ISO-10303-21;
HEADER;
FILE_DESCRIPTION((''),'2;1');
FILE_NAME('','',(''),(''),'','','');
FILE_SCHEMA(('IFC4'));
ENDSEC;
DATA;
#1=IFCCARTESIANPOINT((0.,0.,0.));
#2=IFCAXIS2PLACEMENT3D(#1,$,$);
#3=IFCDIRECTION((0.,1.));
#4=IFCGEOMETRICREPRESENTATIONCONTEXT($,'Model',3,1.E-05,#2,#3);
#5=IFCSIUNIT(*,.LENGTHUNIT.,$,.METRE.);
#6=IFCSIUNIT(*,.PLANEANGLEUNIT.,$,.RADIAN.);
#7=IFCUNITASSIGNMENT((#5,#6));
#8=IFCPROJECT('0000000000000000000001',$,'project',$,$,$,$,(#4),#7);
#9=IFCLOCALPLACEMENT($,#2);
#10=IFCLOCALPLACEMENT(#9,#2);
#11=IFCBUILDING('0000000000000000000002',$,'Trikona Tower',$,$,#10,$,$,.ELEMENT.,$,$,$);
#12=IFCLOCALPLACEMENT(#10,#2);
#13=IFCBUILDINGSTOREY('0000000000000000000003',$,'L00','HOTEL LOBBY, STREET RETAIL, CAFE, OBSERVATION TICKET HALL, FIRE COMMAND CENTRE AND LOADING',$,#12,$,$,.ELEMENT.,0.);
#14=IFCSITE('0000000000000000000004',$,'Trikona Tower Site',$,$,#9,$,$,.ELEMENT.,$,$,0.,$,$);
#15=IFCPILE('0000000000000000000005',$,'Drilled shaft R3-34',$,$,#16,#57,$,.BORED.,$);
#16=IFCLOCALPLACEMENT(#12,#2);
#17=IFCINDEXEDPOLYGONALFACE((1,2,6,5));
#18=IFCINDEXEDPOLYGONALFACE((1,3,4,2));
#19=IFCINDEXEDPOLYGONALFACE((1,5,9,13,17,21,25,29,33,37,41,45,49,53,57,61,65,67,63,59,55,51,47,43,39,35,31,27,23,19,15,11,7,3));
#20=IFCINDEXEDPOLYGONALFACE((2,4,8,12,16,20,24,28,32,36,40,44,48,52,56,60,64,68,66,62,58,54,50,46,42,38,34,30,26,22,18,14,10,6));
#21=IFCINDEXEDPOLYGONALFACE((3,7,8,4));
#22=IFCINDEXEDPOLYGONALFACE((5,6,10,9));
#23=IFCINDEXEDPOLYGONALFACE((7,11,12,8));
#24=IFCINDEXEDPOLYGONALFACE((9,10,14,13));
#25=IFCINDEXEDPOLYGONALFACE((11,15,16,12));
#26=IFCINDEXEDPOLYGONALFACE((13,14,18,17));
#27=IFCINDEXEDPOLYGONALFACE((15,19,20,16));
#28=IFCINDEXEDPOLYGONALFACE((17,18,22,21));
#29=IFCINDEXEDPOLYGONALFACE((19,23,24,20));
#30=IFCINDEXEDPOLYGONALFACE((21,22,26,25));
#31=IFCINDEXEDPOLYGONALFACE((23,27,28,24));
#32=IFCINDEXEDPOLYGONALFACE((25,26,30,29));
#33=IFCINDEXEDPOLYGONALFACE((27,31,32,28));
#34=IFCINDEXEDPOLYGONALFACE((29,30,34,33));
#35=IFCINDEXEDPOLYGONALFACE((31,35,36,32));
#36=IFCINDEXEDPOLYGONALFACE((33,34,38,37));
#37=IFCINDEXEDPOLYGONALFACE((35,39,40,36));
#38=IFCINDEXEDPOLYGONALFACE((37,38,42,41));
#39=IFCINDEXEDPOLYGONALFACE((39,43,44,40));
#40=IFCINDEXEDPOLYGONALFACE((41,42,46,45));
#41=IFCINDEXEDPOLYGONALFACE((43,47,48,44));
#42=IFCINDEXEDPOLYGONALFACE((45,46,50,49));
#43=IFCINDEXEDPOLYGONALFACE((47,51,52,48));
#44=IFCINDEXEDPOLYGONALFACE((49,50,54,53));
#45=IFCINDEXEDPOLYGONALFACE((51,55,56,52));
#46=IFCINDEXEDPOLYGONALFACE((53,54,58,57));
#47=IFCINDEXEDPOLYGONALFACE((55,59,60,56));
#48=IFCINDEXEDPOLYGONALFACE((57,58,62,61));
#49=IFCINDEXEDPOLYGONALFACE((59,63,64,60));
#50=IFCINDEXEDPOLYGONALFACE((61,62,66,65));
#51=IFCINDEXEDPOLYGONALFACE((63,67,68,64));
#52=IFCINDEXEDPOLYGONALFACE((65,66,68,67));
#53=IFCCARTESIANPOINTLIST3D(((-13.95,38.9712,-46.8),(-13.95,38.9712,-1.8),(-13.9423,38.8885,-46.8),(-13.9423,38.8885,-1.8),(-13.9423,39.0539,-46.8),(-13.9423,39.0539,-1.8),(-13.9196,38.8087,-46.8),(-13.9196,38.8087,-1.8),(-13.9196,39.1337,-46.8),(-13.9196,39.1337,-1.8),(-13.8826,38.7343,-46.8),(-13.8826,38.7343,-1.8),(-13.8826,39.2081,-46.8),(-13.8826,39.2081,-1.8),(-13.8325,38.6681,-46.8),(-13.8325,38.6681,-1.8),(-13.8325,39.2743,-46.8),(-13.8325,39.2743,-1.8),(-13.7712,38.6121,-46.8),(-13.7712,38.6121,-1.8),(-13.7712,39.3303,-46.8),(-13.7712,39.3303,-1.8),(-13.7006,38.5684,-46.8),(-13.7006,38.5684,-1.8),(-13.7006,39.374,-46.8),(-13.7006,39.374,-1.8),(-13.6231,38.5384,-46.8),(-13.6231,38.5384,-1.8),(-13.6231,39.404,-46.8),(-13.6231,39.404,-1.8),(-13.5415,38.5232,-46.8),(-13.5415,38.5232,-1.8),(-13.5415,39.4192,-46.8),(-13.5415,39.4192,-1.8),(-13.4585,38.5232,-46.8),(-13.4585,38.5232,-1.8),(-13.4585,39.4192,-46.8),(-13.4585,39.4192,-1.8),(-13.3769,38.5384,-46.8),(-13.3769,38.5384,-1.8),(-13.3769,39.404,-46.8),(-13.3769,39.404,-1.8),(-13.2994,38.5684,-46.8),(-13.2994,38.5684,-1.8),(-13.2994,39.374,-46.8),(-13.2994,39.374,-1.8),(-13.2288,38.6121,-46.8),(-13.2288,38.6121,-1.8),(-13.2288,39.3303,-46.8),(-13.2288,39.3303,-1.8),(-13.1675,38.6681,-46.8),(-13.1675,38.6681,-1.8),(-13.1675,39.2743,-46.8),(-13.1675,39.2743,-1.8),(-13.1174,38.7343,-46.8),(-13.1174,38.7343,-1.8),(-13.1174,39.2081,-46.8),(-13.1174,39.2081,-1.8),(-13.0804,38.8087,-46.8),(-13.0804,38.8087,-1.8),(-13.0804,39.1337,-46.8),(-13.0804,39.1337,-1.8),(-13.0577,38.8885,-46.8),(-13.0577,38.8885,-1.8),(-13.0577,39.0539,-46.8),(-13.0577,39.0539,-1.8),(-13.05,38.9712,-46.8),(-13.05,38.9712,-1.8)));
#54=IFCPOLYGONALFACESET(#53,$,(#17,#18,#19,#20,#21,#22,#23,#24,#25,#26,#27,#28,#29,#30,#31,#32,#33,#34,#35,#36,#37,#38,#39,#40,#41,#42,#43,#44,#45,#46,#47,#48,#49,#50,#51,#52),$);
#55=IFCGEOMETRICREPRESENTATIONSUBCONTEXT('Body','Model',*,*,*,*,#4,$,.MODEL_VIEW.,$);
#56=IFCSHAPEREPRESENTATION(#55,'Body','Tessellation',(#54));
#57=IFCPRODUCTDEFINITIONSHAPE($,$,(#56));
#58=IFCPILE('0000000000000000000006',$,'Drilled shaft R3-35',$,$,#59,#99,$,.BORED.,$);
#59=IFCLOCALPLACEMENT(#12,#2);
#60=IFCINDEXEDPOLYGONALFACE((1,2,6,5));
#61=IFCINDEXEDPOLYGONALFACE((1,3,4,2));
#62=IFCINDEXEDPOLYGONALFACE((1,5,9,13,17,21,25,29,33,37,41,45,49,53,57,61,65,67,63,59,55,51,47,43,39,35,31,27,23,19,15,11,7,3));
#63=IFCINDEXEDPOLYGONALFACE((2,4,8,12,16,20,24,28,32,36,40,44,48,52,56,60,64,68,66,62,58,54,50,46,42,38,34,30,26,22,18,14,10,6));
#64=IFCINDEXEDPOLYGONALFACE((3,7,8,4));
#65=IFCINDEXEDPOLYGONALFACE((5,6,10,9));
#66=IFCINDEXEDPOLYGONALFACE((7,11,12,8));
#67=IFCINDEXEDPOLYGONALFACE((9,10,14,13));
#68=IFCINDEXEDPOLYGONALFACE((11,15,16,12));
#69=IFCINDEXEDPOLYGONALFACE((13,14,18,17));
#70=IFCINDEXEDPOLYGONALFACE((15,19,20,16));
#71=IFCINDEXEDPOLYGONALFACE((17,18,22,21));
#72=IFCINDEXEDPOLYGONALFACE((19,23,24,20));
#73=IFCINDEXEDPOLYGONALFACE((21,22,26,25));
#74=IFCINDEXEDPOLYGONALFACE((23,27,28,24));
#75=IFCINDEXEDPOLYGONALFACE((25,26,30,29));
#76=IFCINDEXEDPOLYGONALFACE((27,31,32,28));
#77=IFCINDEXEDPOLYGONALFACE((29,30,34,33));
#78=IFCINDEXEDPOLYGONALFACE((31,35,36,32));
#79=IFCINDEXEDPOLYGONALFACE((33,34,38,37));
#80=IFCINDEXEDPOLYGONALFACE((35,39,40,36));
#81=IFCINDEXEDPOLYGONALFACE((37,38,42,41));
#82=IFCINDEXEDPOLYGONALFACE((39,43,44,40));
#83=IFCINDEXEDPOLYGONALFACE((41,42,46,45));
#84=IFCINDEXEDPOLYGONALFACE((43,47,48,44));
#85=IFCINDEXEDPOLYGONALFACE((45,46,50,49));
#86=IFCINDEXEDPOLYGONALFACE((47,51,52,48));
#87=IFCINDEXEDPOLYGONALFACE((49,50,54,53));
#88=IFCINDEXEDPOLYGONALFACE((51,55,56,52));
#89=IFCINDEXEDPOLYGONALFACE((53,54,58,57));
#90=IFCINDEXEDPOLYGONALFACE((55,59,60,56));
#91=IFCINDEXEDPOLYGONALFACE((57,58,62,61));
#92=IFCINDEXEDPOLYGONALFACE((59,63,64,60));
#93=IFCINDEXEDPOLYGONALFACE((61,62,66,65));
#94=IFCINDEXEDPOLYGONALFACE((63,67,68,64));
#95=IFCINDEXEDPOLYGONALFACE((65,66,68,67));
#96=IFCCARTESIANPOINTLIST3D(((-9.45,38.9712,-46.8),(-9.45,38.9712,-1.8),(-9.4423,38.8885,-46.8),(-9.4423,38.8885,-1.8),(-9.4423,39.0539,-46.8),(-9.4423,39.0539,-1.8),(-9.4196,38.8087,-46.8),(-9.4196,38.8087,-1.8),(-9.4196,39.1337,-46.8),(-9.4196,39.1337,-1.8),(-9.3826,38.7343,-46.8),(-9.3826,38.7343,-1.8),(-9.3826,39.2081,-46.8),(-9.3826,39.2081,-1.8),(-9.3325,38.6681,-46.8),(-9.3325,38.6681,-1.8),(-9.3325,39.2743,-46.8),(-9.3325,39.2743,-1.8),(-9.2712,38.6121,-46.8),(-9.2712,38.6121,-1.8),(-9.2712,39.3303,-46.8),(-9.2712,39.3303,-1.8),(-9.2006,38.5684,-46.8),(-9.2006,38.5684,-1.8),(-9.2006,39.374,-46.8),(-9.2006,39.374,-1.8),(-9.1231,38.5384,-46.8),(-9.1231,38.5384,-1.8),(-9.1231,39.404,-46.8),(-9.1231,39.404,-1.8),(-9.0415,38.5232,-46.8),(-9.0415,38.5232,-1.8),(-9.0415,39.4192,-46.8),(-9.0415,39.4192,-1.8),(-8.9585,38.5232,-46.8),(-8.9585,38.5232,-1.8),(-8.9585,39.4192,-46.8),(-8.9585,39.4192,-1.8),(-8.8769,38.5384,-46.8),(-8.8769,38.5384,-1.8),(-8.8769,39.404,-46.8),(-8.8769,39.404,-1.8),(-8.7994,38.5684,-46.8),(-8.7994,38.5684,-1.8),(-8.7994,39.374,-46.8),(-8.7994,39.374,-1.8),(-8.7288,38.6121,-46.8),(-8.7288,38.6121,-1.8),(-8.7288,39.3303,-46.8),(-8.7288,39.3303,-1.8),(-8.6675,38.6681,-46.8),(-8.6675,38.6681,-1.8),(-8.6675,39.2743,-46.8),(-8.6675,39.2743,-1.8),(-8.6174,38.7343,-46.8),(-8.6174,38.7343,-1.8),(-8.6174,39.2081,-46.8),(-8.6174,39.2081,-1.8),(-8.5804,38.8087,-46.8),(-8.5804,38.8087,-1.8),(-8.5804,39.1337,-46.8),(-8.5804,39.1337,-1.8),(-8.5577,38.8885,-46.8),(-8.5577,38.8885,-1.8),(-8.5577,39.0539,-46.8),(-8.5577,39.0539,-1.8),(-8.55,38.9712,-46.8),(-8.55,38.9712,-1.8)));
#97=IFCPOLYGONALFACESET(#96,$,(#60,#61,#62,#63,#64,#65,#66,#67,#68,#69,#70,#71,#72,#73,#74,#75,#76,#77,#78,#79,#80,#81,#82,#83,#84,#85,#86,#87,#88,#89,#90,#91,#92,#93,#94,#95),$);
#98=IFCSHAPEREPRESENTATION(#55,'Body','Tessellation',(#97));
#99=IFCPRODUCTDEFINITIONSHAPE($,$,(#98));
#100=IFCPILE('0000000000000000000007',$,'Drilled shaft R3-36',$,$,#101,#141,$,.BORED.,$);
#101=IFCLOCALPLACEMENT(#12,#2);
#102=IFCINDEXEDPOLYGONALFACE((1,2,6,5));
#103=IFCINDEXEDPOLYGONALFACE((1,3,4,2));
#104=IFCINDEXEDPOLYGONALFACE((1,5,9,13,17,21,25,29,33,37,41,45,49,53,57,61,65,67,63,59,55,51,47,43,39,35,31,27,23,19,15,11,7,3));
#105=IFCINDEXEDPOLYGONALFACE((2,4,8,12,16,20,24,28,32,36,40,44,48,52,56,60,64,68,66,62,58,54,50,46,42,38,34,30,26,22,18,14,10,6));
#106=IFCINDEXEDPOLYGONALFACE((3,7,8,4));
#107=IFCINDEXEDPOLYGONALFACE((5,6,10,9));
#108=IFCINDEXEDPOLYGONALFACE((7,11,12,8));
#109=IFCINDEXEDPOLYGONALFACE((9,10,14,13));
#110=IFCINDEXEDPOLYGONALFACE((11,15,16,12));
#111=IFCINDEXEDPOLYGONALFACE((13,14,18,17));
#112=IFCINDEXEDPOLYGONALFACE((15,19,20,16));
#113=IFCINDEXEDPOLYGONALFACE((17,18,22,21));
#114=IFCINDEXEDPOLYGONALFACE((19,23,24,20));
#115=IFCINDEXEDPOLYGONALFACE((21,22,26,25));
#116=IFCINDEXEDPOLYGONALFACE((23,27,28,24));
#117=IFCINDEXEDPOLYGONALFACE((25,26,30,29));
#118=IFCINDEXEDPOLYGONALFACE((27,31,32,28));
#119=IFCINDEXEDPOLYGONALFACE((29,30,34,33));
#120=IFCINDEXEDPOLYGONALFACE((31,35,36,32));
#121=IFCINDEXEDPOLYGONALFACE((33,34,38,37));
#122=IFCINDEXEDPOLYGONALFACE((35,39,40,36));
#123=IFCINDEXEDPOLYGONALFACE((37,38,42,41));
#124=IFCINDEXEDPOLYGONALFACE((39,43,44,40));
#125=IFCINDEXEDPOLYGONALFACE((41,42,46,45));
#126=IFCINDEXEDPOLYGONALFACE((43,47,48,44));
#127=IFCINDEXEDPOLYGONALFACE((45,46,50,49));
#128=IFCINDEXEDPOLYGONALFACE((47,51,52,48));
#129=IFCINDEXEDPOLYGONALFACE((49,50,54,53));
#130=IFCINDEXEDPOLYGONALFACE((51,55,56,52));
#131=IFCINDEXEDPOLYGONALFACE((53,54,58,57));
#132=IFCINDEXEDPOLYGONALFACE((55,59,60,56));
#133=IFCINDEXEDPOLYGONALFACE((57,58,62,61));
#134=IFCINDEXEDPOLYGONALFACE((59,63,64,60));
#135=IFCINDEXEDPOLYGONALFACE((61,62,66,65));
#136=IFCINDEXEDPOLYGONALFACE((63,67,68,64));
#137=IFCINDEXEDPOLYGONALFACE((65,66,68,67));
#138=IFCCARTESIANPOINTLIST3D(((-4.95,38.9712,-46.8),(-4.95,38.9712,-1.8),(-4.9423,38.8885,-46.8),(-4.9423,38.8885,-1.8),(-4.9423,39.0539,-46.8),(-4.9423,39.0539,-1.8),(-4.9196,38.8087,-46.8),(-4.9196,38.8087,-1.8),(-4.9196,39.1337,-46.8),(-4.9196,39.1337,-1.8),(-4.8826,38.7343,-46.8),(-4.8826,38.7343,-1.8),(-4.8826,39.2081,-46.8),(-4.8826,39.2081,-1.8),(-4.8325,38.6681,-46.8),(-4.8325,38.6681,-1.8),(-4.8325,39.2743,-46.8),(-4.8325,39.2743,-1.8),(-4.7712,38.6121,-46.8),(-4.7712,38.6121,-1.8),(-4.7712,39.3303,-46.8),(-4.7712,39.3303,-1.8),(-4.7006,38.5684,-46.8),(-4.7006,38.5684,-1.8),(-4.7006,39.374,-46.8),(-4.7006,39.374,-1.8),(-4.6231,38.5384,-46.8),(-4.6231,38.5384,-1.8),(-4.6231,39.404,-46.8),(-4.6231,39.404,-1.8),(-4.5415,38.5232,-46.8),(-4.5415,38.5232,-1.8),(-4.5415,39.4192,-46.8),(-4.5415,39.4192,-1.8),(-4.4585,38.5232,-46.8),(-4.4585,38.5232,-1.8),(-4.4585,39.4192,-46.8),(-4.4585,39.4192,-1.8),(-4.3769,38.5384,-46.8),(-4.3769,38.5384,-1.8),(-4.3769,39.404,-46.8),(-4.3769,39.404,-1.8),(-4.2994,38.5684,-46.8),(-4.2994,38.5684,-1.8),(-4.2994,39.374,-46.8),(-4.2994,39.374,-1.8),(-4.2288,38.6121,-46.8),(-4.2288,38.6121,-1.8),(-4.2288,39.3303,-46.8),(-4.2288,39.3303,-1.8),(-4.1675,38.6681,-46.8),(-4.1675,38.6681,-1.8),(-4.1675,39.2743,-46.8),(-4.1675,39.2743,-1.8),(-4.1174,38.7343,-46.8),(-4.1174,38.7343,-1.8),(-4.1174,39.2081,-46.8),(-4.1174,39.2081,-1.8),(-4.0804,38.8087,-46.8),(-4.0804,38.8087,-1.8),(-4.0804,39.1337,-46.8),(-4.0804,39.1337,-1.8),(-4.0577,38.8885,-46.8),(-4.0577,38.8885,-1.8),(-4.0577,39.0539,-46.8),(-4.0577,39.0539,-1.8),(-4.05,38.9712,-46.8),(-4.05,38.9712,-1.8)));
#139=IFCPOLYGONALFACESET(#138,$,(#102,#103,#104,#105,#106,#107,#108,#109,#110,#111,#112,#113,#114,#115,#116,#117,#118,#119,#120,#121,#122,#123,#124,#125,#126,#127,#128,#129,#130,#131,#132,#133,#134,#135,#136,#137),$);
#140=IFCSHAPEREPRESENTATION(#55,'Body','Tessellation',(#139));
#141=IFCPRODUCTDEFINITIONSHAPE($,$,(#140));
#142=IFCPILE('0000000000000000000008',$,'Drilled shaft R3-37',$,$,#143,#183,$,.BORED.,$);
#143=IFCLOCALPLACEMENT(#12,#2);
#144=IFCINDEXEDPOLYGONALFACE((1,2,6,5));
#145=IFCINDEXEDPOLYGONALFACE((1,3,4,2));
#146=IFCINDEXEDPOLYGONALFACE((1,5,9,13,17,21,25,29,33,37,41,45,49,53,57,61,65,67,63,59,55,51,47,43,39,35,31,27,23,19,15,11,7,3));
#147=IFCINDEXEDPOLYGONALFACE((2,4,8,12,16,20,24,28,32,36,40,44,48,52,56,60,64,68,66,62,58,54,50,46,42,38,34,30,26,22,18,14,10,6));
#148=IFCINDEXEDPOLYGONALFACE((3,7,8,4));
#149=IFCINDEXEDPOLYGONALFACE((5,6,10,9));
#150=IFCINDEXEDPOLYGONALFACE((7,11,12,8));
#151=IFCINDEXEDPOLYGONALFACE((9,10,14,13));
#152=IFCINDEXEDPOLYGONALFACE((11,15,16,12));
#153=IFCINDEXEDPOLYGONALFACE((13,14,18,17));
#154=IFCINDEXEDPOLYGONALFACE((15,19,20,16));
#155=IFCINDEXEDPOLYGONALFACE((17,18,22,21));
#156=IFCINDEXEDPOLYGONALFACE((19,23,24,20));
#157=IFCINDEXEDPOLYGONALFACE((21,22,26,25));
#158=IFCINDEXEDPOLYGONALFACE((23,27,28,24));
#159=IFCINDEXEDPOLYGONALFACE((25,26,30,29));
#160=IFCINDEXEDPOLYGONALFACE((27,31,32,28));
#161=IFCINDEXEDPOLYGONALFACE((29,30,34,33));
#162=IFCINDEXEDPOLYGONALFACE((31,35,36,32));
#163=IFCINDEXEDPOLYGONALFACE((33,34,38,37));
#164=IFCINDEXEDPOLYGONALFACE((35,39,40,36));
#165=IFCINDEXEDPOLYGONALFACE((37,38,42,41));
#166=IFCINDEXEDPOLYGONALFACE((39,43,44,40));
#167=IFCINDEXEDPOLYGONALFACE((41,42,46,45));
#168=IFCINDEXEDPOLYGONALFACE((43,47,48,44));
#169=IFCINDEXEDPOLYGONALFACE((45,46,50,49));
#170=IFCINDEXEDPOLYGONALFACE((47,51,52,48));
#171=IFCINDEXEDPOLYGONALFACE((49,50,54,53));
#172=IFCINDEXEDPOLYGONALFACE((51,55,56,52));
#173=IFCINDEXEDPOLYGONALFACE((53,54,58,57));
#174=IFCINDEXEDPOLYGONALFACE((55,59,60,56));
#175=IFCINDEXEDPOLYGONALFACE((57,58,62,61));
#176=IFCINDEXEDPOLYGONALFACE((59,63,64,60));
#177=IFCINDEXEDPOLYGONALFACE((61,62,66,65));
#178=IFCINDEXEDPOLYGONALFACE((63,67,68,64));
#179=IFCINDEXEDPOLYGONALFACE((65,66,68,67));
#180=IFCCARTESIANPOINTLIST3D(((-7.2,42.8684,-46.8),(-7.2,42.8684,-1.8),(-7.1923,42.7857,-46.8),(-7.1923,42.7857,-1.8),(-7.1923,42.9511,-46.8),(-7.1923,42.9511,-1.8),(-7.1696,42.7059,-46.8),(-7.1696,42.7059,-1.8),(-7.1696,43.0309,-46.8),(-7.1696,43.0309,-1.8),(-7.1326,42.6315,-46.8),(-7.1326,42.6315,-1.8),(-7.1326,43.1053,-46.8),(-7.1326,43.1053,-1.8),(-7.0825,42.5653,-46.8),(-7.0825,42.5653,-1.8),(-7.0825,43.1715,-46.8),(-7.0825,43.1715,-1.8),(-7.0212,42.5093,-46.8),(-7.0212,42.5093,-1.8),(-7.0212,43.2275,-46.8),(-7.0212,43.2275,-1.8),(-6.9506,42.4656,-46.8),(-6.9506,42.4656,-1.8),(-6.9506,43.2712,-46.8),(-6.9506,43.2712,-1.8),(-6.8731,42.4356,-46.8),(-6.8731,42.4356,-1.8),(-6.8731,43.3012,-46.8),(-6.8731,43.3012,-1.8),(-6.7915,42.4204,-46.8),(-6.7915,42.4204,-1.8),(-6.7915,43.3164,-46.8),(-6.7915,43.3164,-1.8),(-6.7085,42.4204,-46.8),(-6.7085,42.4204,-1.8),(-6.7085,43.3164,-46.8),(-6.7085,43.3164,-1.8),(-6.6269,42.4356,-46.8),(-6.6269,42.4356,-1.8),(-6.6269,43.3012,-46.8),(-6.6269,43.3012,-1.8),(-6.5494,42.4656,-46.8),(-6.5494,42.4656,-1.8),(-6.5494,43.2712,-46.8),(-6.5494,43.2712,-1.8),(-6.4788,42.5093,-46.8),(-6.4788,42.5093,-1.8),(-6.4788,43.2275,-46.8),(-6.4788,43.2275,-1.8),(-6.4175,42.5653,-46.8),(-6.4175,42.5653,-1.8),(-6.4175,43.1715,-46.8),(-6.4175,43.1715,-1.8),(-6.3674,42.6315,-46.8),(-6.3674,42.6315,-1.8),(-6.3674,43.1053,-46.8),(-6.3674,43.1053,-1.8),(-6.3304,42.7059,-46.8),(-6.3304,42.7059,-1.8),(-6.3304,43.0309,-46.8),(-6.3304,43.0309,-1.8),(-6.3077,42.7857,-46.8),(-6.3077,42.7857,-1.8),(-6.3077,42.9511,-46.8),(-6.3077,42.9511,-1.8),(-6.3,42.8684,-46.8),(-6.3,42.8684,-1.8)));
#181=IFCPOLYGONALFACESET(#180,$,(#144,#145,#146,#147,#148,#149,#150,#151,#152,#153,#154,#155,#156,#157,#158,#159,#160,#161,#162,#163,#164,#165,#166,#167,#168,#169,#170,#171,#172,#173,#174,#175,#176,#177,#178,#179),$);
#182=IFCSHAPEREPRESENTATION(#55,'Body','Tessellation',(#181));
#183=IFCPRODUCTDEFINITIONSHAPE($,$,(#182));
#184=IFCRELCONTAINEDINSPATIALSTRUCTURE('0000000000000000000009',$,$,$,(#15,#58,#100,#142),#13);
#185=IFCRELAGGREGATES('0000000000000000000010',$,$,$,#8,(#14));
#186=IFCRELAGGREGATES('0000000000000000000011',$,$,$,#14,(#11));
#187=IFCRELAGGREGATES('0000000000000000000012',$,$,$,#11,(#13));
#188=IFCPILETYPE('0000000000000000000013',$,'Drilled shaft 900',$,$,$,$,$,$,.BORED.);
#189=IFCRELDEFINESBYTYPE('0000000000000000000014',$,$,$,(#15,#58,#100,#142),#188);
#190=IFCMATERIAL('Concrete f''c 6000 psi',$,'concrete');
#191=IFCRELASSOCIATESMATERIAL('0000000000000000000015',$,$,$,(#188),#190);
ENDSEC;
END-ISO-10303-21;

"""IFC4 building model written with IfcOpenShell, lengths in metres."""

from ifc_helpers import new_model, si_unit, direction, frame, origin, origin_2d, place, context, subcontext, project, spatial, circle, extrude, material, type_object, element, save


model = new_model("IFC4")

# Units and contexts
model_context = context("Model", 3, precision=1e-05, world=origin(), true_north=direction((0.0, 1.0)))
body_context = subcontext(model_context, "Body", "Model", "MODEL_VIEW")
ifc_project = project(units=[si_unit("LENGTHUNIT", "METRE"), si_unit("PLANEANGLEUNIT", "RADIAN")], contexts=[model_context])

# Site, building, storey
site_placement = place(None, origin())
site = spatial("IfcSite", under=ifc_project, at=site_placement, Name="Trikona Tower Site", CompositionType="ELEMENT", RefElevation=0.0)
building_placement = place(site_placement, origin())
building = spatial("IfcBuilding", under=site, at=building_placement, Name="Trikona Tower", CompositionType="ELEMENT")
storey_placement = place(building_placement, origin())
storey = spatial("IfcBuildingStorey", under=building, at=storey_placement, Name="L00", Description="HOTEL LOBBY, STREET RETAIL, CAFE, OBSERVATION TICKET HALL, FIRE COMMAND CENTRE AND LOADING", CompositionType="ELEMENT", Elevation=0.0)

# Piles
ifc_material_1 = material(Name="Concrete f'c 6000 psi", Category="concrete")
pile_type = type_object("IfcPileType", Name="Drilled shaft 900", PredefinedType="BORED", material=ifc_material_1)
for number, where, z_axis, x_axis, name in (
    (1, (-13.5, 38.9712, -1.8), (0.0, 0.0, -1.0), (1.0, 0.0, 0.0), "Drilled shaft R3-34"),
    (2, (-9.0, 38.9712, -1.8), (0.0, 0.0, -1.0), (1.0, 0.0, 0.0), "Drilled shaft R3-35"),
    (3, (-4.5, 38.9712, -1.8), (0.0, 0.0, -1.0), (1.0, 0.0, 0.0), "Drilled shaft R3-36"),
    (4, (-6.75, 42.8684, -1.8), (0.0, 0.0, -1.0), (1.0, 0.0, 0.0), "Drilled shaft R3-37"),
):
    element("IfcPile", number, at=place(storey_placement, frame(where, z_axis=z_axis, x_axis=x_axis)), inside=storey, type_object=pile_type, Name=name, PredefinedType="BORED", context=body_context, shape_type="SweptSolid", body=[
        extrude(circle(Radius=0.45, at=origin_2d()), origin(), (0.0, 0.0, 1.0), 45.0),
    ])

save(model, "model.ifc")
